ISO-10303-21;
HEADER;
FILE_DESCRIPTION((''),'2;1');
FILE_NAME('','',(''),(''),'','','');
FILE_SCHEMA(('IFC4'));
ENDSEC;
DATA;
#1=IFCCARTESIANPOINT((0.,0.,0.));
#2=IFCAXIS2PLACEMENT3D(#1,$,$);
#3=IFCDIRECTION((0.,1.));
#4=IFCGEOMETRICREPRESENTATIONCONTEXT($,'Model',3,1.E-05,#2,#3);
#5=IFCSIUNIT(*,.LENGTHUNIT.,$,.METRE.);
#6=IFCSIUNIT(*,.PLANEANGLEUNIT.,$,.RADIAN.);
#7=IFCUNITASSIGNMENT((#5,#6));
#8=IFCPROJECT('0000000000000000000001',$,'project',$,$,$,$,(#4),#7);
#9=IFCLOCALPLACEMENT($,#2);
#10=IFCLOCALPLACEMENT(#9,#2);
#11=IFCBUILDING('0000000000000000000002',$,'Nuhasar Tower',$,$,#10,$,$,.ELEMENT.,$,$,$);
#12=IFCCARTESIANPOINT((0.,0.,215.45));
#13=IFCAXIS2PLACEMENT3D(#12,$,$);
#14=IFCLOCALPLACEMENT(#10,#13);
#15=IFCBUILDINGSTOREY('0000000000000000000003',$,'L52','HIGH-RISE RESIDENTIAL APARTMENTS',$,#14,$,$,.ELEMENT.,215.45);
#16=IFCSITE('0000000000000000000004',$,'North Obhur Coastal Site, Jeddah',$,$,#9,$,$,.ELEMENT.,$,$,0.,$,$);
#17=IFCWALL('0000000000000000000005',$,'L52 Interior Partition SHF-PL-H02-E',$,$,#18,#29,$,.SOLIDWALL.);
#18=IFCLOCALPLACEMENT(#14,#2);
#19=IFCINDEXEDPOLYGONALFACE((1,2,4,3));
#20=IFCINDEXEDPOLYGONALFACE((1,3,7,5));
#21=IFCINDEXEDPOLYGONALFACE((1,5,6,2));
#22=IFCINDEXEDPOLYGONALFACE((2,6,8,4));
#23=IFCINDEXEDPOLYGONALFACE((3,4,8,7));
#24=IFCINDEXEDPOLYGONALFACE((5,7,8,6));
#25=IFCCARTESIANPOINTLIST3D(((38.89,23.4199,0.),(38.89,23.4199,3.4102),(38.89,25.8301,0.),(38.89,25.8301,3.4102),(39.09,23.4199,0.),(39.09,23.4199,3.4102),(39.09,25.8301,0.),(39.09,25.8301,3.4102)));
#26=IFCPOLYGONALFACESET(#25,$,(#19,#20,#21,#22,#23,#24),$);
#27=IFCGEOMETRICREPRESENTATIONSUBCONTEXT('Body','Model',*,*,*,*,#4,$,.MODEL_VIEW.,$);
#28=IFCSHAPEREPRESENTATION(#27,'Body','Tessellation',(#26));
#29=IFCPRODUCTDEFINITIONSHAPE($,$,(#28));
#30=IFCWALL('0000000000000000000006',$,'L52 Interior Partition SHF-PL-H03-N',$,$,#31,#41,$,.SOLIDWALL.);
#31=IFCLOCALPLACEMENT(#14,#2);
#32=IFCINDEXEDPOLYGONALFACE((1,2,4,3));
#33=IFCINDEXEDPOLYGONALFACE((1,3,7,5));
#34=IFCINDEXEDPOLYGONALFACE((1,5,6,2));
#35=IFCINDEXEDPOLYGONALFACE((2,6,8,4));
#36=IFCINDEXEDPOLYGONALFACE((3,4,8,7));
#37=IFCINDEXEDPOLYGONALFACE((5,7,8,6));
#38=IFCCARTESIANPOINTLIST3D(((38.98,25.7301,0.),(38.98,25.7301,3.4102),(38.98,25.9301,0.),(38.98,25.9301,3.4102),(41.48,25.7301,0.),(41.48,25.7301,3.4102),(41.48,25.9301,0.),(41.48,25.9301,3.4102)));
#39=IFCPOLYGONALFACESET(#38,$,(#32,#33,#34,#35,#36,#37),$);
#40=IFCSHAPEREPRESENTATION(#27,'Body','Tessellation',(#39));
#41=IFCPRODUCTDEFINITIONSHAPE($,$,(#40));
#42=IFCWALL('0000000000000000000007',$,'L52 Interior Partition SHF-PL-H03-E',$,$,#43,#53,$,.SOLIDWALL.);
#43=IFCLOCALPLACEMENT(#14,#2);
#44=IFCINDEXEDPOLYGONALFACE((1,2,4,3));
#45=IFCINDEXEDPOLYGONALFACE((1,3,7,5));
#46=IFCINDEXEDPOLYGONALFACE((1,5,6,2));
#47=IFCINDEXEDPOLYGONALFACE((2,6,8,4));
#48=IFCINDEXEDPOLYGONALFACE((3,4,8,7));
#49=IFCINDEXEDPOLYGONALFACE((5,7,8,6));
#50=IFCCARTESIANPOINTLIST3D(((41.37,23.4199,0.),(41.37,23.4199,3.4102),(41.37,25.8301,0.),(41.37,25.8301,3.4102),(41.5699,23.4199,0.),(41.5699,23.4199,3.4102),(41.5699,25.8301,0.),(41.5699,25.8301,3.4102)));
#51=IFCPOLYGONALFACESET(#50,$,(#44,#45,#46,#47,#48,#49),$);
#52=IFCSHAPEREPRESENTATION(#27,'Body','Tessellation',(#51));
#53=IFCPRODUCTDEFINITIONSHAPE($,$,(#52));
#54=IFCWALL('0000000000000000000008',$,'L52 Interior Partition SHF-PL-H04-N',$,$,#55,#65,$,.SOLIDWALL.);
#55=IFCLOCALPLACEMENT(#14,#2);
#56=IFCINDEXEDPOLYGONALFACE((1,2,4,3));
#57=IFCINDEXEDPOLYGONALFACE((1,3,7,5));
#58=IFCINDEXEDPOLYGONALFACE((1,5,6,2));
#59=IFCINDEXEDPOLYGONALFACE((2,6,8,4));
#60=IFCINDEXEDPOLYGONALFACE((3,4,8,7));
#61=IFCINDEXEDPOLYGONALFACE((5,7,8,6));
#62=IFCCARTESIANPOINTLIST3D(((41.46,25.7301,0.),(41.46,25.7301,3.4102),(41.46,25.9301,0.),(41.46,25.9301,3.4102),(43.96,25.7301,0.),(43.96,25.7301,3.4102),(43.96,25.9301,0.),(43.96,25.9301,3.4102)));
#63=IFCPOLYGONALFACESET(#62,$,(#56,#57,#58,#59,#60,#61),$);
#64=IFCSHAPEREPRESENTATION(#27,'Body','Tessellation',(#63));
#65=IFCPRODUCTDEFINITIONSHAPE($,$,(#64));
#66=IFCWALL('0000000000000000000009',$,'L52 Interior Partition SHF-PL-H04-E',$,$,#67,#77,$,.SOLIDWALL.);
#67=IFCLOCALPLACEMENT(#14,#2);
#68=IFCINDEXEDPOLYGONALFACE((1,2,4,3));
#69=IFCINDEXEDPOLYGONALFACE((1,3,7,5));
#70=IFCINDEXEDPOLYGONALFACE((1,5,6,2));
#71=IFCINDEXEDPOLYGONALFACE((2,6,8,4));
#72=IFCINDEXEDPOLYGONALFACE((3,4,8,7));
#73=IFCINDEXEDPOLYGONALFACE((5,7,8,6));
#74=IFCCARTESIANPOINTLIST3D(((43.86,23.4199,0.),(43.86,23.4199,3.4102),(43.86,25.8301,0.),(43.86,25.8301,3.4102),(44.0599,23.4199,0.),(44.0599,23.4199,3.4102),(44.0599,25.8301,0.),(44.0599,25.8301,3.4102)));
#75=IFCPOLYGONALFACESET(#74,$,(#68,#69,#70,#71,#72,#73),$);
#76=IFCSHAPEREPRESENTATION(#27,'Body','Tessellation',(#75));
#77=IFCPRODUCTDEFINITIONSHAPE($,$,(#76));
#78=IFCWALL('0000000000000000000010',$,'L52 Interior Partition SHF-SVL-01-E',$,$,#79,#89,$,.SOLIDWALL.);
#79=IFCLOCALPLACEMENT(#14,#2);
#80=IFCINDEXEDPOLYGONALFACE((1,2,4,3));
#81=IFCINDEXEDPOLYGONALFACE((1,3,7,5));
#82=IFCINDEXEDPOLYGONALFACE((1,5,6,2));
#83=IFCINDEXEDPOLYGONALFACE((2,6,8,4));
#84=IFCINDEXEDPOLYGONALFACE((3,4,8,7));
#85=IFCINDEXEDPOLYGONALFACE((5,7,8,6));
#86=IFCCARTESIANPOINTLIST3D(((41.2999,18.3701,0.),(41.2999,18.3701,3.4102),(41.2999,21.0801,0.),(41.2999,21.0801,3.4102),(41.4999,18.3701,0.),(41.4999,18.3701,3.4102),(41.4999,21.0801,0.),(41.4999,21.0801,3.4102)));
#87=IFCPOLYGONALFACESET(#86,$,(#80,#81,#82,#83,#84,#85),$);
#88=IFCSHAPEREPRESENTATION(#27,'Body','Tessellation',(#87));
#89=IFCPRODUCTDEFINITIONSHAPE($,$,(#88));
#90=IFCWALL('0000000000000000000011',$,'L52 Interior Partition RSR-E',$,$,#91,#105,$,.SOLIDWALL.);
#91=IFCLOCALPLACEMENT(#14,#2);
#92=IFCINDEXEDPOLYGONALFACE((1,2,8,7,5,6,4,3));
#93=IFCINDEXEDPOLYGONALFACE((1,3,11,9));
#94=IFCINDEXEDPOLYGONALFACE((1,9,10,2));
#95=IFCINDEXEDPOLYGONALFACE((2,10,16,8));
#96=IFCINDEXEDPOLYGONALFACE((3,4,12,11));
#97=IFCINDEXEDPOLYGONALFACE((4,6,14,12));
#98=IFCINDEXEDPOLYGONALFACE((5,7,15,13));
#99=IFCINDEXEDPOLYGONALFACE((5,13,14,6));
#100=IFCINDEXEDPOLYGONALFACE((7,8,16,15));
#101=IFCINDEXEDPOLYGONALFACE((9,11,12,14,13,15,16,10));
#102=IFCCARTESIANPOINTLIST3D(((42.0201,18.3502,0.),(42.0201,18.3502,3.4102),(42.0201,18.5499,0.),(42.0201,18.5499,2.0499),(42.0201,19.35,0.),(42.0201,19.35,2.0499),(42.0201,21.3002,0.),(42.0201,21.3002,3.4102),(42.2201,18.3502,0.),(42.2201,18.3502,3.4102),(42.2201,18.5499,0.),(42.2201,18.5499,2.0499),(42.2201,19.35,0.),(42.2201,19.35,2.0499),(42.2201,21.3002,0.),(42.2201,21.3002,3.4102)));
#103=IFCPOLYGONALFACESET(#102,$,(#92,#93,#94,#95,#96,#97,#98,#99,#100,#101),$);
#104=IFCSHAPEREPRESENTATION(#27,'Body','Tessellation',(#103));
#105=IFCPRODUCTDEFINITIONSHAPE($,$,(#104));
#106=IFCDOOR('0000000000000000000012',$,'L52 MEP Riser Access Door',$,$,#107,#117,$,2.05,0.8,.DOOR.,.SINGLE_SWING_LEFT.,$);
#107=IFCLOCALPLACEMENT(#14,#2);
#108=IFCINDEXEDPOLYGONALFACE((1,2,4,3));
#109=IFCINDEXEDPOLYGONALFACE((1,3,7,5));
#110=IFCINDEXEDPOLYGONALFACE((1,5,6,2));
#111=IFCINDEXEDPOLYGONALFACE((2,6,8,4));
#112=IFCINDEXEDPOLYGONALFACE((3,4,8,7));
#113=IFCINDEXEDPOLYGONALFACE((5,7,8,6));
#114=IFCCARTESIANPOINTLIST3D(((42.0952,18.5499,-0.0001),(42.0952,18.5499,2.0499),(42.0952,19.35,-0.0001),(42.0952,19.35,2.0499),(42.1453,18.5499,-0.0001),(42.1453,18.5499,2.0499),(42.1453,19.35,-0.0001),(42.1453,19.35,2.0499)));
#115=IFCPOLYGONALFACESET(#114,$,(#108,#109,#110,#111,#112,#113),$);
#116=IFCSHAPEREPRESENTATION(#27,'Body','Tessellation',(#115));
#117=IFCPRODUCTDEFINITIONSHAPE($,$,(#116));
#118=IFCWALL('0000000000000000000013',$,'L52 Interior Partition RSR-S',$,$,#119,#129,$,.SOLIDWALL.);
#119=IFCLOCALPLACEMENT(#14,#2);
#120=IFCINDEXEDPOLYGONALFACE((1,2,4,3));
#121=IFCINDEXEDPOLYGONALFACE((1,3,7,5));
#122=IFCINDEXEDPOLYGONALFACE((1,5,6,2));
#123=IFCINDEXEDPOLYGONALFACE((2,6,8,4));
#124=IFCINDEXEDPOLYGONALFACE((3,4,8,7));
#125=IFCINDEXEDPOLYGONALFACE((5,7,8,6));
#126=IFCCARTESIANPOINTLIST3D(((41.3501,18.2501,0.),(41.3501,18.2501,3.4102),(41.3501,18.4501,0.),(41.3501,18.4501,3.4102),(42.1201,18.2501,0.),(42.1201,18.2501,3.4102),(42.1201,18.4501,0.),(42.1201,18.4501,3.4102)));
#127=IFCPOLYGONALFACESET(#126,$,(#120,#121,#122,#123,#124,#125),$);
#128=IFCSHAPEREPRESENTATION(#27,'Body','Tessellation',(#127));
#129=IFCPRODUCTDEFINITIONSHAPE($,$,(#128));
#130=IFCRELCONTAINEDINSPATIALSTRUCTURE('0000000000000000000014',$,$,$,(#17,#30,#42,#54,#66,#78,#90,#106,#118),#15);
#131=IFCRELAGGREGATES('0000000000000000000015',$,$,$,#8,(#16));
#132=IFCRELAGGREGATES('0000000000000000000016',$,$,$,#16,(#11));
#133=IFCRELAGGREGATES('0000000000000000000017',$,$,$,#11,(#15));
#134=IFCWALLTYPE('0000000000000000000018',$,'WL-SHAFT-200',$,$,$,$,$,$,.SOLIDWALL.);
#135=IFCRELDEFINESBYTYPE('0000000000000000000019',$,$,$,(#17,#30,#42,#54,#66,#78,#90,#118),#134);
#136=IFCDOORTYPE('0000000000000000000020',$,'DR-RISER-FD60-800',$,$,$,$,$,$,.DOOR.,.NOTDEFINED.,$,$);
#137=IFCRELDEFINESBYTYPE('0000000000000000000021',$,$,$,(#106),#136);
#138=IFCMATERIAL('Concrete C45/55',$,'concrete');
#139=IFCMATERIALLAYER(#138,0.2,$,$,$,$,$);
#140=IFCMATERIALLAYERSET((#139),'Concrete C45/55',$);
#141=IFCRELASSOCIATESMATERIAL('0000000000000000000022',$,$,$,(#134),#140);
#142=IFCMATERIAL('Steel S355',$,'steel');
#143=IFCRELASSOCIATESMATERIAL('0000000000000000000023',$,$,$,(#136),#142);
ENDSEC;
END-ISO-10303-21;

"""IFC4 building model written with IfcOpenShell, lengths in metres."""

from ifc_helpers import new_model, si_unit, direction, frame, frame_2d, origin, place, context, subcontext, project, spatial, rectangle, extrude, material, layer, layer_set, type_object, element, fill, save


model = new_model("IFC4")

# Units and contexts
model_context = context("Model", 3, precision=1e-05, world=origin(), true_north=direction((0.0, 1.0)))
body_context = subcontext(model_context, "Body", "Model", "MODEL_VIEW")
ifc_project = project(units=[si_unit("LENGTHUNIT", "METRE"), si_unit("PLANEANGLEUNIT", "RADIAN")], contexts=[model_context])

# Site, building, storey
site_placement = place(None, origin())
site = spatial("IfcSite", under=ifc_project, at=site_placement, Name="North Obhur Coastal Site, Jeddah", CompositionType="ELEMENT", RefElevation=0.0)
building_placement = place(site_placement, origin())
building = spatial("IfcBuilding", under=site, at=building_placement, Name="Nuhasar Tower", CompositionType="ELEMENT")
storey_placement = place(building_placement, frame((0.0, 0.0, 215.45)))
storey = spatial("IfcBuildingStorey", under=building, at=storey_placement, Name="L52", Description="HIGH-RISE RESIDENTIAL APARTMENTS", CompositionType="ELEMENT", Elevation=215.45)

# Shared definitions
ifc_material_1 = material(Name="Steel S355", Category="steel")

# Shared definitions
ifc_material_2 = material(Name="Concrete C45/55", Category="concrete")

# Wall
ifc_layer_1 = layer(ifc_material_2, 0.2)
ifc_layer_set_1 = layer_set([ifc_layer_1], Name="Concrete C45/55")
wall_type_1 = type_object("IfcWallType", Name="WL-SHAFT-200", PredefinedType="SOLIDWALL", material=ifc_layer_set_1)
wall_1_placement = place(storey_placement, frame((38.99, 23.4199, 0.0), z_axis=(0.0, 0.0, 1.0), x_axis=(0.0, 1.0, 0.0)))
element("IfcWall", 1, at=wall_1_placement, inside=storey, type_object=wall_type_1, Name="L52 Interior Partition SHF-PL-H02-E", PredefinedType="SOLIDWALL", context=body_context, shape_type="SweptSolid", body=[
    extrude(rectangle(XDim=2.4102, YDim=0.2, at=frame_2d((1.2051, 0.0))), origin(), (0.0, 0.0, 1.0), 3.4102),
])

# Walls
wall_2_placement = place(storey_placement, frame((38.98, 25.8301, 0.0), z_axis=(0.0, 0.0, 1.0), x_axis=(1.0, 0.0, 0.0)))
element("IfcWall", 2, at=wall_2_placement, inside=storey, type_object=wall_type_1, Name="L52 Interior Partition SHF-PL-H03-N", PredefinedType="SOLIDWALL", context=body_context, shape_type="SweptSolid", body=[
    extrude(rectangle(XDim=2.5, YDim=0.2, at=frame_2d((1.25, 0.0))), origin(), (0.0, 0.0, 1.0), 3.4102),
])
wall_3_placement = place(storey_placement, frame((41.47, 23.4199, 0.0), z_axis=(0.0, 0.0, 1.0), x_axis=(0.0, 1.0, 0.0)))
element("IfcWall", 3, at=wall_3_placement, inside=storey, type_object=wall_type_1, Name="L52 Interior Partition SHF-PL-H03-E", PredefinedType="SOLIDWALL", context=body_context, shape_type="SweptSolid", body=[
    extrude(rectangle(XDim=2.4102, YDim=0.2, at=frame_2d((1.2051, 0.0))), origin(), (0.0, 0.0, 1.0), 3.4102),
])

# Walls
wall_4_placement = place(storey_placement, frame((41.46, 25.8301, 0.0), z_axis=(0.0, 0.0, 1.0), x_axis=(1.0, 0.0, 0.0)))
element("IfcWall", 4, at=wall_4_placement, inside=storey, type_object=wall_type_1, Name="L52 Interior Partition SHF-PL-H04-N", PredefinedType="SOLIDWALL", context=body_context, shape_type="SweptSolid", body=[
    extrude(rectangle(XDim=2.5, YDim=0.2, at=frame_2d((1.25, 0.0))), origin(), (0.0, 0.0, 1.0), 3.4102),
])
wall_5_placement = place(storey_placement, frame((43.96, 23.4199, 0.0), z_axis=(0.0, 0.0, 1.0), x_axis=(0.0, 1.0, 0.0)))
element("IfcWall", 5, at=wall_5_placement, inside=storey, type_object=wall_type_1, Name="L52 Interior Partition SHF-PL-H04-E", PredefinedType="SOLIDWALL", context=body_context, shape_type="SweptSolid", body=[
    extrude(rectangle(XDim=2.4102, YDim=0.2, at=frame_2d((1.2051, 0.0))), origin(), (0.0, 0.0, 1.0), 3.4102),
])
wall_6_placement = place(storey_placement, frame((41.3999, 18.3701, 0.0), z_axis=(0.0, 0.0, 1.0), x_axis=(0.0, 1.0, 0.0)))
element("IfcWall", 6, at=wall_6_placement, inside=storey, type_object=wall_type_1, Name="L52 Interior Partition SHF-SVL-01-E", PredefinedType="SOLIDWALL", context=body_context, shape_type="SweptSolid", body=[
    extrude(rectangle(XDim=2.71, YDim=0.2, at=frame_2d((1.355, 0.0))), origin(), (0.0, 0.0, 1.0), 3.4102),
])

# Wall, opening, door
wall_7_placement = place(storey_placement, frame((42.1201, 18.3501, 0.0), z_axis=(0.0, 0.0, 1.0), x_axis=(0.0, 1.0, 0.0)))
wall_7 = element("IfcWall", 7, at=wall_7_placement, inside=storey, type_object=wall_type_1, Name="L52 Interior Partition RSR-E", PredefinedType="SOLIDWALL", context=body_context, shape_type="SweptSolid", body=[
    extrude(rectangle(XDim=2.95, YDim=0.2, at=frame_2d((1.4751, 0.0))), origin(), (0.0, 0.0, 1.0), 3.4102),
])
opening_1_placement = place(wall_7_placement, frame((0.2, 0.0, 0.0)))
opening_1 = element("IfcOpeningElement", 8, at=opening_1_placement, cuts=wall_7, PredefinedType="OPENING", context=body_context, shape_type="SweptSolid", body=[
    extrude(rectangle(XDim=0.8, YDim=2.05, at=frame_2d((0.3999, 1.0249))), frame((0.0, 0.1099, 0.0), z_axis=(0.0, -1.0, 0.0), x_axis=(1.0, 0.0, 0.0)), (0.0, 0.0, 1.0), 0.22),
])
door_type_1 = type_object("IfcDoorType", Name="DR-RISER-FD60-800", OperationType="NOTDEFINED", PredefinedType="DOOR", material=ifc_material_1)
door_1_placement = place(opening_1_placement, origin())
door_1 = element("IfcDoor", 9, at=door_1_placement, inside=storey, type_object=door_type_1, Name="L52 MEP Riser Access Door", OperationType="SINGLE_SWING_LEFT", OverallHeight=2.05, OverallWidth=0.8, PredefinedType="DOOR", context=body_context, shape_type="SweptSolid", body=[
    extrude(rectangle(XDim=0.8, YDim=2.05, at=frame_2d((0.3999, 1.0249))), frame((0.0, 0.0249, 0.0), z_axis=(0.0, -1.0, 0.0), x_axis=(1.0, 0.0, 0.0)), (0.0, 0.0, 1.0), 0.05),
])
fill(opening_1, door_1)

# Wall
wall_8_placement = place(storey_placement, frame((41.3501, 18.3501, 0.0), z_axis=(0.0, 0.0, 1.0), x_axis=(1.0, 0.0, 0.0)))
element("IfcWall", 10, at=wall_8_placement, inside=storey, type_object=wall_type_1, Name="L52 Interior Partition RSR-S", PredefinedType="SOLIDWALL", context=body_context, shape_type="SweptSolid", body=[
    extrude(rectangle(XDim=0.77, YDim=0.2, at=frame_2d((0.385, 0.0))), origin(), (0.0, 0.0, 1.0), 3.4102),
])

save(model, "model.ifc")
